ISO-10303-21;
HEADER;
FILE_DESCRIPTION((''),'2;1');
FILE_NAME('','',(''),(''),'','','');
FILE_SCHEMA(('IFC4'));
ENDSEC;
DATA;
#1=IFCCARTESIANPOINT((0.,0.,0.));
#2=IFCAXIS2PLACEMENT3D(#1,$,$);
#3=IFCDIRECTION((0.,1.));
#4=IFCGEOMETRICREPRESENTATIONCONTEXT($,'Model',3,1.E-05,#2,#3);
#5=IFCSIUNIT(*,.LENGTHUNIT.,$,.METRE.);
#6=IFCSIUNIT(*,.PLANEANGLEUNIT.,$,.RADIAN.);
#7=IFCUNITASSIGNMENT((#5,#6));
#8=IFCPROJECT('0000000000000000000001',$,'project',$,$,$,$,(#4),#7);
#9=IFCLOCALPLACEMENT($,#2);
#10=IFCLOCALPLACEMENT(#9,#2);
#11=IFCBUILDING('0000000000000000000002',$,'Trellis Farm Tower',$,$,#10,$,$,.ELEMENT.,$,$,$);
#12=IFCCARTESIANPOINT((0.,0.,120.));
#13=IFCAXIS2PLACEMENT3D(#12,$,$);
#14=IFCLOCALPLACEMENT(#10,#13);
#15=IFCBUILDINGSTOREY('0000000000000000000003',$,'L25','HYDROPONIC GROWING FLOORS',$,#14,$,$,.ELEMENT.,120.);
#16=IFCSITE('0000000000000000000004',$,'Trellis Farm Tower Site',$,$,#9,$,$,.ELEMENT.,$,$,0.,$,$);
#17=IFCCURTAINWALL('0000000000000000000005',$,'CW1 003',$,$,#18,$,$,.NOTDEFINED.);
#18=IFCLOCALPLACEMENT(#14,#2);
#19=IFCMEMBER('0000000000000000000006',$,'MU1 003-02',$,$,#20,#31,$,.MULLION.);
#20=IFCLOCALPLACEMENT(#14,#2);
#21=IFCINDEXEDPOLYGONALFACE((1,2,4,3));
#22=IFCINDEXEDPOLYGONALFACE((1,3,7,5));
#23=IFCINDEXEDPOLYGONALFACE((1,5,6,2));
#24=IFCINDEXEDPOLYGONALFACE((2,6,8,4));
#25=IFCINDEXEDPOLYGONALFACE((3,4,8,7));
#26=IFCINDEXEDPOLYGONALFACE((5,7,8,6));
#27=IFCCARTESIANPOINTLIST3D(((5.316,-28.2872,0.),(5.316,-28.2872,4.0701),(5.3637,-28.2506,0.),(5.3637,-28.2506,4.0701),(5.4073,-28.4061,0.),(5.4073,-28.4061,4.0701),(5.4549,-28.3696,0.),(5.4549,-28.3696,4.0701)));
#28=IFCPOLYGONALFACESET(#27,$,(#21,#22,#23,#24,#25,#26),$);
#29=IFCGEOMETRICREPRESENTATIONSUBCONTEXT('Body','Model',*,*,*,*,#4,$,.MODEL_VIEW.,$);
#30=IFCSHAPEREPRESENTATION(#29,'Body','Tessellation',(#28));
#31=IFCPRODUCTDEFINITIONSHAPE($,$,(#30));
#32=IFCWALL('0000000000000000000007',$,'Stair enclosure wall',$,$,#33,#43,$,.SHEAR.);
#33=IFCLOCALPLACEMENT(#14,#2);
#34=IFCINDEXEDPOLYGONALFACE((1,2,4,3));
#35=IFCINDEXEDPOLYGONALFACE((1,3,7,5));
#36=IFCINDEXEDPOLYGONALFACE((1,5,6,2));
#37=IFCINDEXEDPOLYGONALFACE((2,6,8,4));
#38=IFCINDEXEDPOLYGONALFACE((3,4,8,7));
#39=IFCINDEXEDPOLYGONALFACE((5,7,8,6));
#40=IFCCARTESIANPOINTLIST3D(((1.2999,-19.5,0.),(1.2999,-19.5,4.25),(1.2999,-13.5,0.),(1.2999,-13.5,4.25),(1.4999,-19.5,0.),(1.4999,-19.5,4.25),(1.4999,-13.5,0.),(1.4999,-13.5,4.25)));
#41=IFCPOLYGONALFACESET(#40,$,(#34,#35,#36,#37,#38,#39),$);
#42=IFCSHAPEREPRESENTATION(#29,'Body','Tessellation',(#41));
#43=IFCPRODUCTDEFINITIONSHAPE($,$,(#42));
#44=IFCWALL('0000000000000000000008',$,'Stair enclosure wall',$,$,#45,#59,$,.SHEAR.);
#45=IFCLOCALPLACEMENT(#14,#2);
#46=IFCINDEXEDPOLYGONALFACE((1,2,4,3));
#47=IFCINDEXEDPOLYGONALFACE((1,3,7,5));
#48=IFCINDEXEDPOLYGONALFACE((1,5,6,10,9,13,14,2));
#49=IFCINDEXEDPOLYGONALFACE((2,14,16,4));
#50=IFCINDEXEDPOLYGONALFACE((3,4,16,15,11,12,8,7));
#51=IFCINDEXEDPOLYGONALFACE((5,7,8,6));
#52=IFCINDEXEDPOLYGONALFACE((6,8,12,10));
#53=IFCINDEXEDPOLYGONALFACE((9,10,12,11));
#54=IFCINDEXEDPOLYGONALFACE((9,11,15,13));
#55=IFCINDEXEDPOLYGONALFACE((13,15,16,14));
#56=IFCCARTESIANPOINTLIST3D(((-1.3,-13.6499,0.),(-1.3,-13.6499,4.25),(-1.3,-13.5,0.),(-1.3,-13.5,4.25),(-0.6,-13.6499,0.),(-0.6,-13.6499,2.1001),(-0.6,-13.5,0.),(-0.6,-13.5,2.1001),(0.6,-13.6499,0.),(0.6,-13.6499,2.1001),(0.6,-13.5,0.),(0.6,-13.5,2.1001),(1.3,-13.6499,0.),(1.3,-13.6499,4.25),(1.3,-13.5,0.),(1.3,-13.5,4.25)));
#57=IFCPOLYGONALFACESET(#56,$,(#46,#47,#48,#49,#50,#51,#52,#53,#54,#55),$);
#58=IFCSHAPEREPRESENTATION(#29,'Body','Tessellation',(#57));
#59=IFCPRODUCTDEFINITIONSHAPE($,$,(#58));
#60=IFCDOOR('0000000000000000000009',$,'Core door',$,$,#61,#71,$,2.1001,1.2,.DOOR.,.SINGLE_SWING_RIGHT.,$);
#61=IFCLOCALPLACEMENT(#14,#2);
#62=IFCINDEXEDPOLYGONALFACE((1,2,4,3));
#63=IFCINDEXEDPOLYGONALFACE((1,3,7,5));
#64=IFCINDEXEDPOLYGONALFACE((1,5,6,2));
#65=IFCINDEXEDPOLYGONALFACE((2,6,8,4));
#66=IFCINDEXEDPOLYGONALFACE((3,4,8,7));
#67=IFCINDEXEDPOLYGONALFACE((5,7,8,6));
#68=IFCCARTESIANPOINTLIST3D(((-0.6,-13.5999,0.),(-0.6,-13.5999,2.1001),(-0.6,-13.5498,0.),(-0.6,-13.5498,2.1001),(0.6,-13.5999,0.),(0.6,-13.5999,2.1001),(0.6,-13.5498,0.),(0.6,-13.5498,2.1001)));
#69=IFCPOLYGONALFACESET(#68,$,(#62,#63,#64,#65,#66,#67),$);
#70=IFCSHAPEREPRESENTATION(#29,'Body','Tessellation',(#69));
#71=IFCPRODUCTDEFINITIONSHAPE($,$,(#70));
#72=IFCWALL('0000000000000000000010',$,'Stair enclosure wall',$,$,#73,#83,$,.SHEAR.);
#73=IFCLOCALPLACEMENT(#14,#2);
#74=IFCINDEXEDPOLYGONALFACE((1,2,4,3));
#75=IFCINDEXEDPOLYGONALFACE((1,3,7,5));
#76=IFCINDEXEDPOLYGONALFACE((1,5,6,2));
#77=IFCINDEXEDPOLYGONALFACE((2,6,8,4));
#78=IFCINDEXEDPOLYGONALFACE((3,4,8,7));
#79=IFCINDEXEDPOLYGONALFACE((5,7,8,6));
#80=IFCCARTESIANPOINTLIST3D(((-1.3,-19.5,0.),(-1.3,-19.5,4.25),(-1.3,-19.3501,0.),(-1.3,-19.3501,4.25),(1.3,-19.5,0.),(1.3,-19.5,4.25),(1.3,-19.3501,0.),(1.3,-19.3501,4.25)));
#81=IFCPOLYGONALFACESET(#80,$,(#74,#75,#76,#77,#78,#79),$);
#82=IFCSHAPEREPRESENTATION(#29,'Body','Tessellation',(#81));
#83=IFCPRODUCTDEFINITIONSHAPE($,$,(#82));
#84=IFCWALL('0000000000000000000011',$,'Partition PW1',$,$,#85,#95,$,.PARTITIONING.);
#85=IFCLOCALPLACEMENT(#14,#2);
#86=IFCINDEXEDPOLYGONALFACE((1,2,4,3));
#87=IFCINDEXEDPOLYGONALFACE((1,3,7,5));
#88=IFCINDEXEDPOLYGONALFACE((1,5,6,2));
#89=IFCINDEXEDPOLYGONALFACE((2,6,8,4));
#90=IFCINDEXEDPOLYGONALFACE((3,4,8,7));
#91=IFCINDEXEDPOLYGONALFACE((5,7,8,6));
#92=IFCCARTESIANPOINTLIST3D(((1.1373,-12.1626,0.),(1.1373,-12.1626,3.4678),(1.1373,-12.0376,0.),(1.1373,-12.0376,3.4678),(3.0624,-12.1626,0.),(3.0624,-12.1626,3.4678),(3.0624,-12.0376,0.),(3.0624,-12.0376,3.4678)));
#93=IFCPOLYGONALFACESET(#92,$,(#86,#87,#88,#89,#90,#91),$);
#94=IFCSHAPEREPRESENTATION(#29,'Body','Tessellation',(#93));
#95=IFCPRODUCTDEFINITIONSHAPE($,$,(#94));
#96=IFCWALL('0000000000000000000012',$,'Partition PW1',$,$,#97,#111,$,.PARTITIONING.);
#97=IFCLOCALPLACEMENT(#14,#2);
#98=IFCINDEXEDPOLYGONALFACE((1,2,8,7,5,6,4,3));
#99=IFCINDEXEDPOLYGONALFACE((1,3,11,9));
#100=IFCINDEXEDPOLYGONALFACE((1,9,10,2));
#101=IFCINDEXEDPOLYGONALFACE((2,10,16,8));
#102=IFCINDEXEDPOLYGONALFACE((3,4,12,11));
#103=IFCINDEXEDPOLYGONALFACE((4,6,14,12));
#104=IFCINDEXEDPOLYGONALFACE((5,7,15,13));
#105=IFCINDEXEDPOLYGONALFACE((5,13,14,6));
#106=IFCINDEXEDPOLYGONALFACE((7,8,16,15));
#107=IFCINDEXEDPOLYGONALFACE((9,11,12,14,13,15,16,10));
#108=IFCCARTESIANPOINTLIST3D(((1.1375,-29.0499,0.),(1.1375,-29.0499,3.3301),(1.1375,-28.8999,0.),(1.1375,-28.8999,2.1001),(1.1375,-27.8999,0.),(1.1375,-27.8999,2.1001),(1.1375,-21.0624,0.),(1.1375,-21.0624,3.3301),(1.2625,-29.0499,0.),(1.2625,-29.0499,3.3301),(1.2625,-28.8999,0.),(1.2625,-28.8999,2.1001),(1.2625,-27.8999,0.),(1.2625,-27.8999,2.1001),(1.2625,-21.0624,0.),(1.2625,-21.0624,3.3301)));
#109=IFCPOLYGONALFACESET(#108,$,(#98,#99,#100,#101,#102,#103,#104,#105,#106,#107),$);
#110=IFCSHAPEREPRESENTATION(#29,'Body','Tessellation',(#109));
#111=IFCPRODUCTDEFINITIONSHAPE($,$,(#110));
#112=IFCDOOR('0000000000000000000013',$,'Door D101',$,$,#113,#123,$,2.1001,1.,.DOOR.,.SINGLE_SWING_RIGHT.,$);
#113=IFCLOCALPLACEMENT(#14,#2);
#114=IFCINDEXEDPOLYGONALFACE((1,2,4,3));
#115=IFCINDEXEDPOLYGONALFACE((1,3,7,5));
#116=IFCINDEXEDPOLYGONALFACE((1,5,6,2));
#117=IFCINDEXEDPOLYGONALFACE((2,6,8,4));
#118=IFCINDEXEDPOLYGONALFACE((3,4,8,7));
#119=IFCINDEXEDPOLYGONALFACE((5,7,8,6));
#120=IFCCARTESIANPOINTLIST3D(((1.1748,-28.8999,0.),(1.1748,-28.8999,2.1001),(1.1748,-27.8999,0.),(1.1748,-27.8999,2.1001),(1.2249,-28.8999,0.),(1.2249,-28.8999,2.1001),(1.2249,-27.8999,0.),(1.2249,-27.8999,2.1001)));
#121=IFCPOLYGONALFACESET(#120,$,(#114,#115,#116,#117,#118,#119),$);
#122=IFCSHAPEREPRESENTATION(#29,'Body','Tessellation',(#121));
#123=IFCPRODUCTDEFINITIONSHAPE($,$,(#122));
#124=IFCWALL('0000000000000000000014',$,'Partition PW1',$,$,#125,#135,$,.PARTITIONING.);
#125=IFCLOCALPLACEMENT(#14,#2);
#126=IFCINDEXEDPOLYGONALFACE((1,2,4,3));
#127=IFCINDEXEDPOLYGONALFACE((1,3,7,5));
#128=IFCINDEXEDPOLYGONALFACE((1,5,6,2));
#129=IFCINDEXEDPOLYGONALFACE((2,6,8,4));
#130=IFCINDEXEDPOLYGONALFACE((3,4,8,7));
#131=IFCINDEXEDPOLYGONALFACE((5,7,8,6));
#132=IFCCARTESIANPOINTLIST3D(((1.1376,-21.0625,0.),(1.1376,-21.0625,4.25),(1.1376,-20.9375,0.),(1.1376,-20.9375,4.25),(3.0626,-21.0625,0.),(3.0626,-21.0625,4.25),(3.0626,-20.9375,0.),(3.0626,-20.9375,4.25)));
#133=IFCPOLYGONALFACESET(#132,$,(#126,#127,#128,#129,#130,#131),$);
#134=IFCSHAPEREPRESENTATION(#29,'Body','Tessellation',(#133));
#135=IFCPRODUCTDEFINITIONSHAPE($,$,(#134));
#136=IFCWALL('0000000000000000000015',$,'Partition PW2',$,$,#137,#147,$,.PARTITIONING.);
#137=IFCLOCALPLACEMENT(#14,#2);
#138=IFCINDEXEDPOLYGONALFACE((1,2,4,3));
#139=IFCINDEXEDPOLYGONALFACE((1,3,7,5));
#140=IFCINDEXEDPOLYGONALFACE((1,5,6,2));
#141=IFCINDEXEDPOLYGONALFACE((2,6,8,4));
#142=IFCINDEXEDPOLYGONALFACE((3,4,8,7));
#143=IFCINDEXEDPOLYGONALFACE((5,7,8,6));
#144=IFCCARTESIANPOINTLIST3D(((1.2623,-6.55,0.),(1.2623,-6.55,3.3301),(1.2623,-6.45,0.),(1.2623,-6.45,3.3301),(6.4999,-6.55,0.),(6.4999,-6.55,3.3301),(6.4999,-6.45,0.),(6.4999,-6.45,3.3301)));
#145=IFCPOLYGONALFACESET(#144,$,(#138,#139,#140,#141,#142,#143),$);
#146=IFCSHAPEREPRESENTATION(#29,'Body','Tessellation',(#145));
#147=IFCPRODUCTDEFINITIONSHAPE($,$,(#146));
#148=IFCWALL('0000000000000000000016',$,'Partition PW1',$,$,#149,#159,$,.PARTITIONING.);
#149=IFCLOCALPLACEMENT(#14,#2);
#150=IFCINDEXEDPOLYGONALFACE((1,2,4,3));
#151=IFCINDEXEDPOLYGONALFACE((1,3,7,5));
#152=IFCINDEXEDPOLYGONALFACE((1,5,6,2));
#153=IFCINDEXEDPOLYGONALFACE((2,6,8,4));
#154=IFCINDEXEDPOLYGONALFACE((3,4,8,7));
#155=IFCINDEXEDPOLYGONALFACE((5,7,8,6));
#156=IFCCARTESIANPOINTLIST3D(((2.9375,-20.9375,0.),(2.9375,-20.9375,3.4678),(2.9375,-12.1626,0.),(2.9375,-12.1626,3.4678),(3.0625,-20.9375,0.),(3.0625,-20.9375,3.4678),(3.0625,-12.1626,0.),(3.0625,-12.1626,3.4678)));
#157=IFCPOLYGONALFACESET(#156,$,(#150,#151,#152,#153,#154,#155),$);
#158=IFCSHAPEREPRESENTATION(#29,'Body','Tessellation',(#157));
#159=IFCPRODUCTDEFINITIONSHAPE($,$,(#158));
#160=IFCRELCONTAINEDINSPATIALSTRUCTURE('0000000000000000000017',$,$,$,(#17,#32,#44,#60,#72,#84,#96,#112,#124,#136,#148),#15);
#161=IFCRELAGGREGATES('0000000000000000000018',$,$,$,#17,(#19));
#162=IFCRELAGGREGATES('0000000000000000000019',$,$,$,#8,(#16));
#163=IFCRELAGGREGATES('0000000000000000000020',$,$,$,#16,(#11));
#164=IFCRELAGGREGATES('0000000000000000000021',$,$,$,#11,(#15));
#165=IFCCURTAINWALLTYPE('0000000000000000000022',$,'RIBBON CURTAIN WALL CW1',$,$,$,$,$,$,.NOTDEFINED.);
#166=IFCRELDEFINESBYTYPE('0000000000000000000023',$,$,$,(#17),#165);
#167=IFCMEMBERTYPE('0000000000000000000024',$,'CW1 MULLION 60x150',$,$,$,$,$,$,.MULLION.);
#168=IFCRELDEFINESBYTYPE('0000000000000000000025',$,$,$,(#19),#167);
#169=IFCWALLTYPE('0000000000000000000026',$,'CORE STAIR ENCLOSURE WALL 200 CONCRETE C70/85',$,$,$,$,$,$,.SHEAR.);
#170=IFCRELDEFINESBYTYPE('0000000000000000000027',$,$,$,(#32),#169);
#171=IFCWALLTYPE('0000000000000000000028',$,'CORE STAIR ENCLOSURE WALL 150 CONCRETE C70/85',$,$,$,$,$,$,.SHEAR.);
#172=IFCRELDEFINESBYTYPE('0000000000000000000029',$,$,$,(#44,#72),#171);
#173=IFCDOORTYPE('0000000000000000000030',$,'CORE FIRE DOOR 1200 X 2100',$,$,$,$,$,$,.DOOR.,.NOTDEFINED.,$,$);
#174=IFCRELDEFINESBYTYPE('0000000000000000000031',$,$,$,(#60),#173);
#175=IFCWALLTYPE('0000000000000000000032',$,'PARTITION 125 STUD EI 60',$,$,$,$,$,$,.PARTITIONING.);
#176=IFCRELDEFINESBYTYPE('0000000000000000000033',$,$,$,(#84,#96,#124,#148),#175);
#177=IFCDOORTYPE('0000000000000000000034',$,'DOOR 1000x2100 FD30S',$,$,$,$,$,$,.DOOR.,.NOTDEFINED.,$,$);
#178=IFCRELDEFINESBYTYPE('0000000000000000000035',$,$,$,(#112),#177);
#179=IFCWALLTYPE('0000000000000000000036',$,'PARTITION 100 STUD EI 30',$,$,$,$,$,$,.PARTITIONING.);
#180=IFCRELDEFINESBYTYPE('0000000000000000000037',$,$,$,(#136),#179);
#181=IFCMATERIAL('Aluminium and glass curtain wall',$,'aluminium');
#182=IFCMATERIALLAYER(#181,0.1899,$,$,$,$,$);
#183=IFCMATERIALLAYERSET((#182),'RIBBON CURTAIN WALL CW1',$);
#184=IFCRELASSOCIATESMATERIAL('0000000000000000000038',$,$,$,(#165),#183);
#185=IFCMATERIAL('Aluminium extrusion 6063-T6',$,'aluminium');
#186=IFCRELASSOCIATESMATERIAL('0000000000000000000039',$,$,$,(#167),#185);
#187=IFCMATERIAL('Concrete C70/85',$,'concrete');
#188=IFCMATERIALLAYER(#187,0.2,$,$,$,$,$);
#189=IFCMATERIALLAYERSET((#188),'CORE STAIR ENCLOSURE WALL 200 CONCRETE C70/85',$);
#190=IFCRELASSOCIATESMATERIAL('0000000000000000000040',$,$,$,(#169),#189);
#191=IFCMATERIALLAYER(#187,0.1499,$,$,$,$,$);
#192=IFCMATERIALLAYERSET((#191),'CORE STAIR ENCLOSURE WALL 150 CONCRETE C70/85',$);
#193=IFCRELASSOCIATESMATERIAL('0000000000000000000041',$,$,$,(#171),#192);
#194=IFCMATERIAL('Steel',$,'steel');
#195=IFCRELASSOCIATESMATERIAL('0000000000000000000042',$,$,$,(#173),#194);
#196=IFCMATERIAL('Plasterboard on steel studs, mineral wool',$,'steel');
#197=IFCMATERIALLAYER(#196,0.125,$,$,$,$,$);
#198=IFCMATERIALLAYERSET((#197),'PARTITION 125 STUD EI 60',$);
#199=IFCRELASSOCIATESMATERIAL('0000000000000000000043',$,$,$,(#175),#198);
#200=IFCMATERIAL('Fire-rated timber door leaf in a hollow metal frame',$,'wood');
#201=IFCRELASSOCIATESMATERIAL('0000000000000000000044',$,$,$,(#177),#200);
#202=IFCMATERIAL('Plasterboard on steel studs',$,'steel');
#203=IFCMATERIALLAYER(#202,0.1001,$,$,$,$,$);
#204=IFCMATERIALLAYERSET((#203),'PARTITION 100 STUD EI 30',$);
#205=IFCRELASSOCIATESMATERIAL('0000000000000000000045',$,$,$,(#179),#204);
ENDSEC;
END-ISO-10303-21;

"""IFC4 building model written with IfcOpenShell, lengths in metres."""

from ifc_helpers import new_model, si_unit, direction, frame, frame_2d, origin, origin_2d, place, context, subcontext, project, spatial, rectangle, extrude, source, transform, mapped, material, layer, layer_set, material_profile, profile_set, type_object, element, fill, aggregate, save


model = new_model("IFC4")

# Units and contexts
model_context = context("Model", 3, precision=1e-05, world=origin(), true_north=direction((0.0, 1.0)))
body_context = subcontext(model_context, "Body", "Model", "MODEL_VIEW")
ifc_project = project(units=[si_unit("LENGTHUNIT", "METRE"), si_unit("PLANEANGLEUNIT", "RADIAN")], contexts=[model_context])

# Site, building, storey
site_placement = place(None, origin())
site = spatial("IfcSite", under=ifc_project, at=site_placement, Name="Trellis Farm Tower Site", CompositionType="ELEMENT", RefElevation=0.0)
building_placement = place(site_placement, origin())
building = spatial("IfcBuilding", under=site, at=building_placement, Name="Trellis Farm Tower", CompositionType="ELEMENT")
storey_placement = place(building_placement, frame((0.0, 0.0, 120.0)))
storey = spatial("IfcBuildingStorey", under=building, at=storey_placement, Name="L25", Description="HYDROPONIC GROWING FLOORS", CompositionType="ELEMENT", Elevation=120.0)

# Curtain wall, member
ifc_material_1 = material(Name="Aluminium and glass curtain wall", Category="aluminium")
ifc_layer_1 = layer(ifc_material_1, 0.1899)
ifc_layer_set_1 = layer_set([ifc_layer_1], Name="RIBBON CURTAIN WALL CW1")
curtain_wall_type = type_object("IfcCurtainWallType", Name="RIBBON CURTAIN WALL CW1", PredefinedType="NOTDEFINED", material=ifc_layer_set_1)
placement = place(storey_placement, origin())
curtain_wall = element("IfcCurtainWall", 1, at=placement, inside=storey, type_object=curtain_wall_type, Name="CW1 003", PredefinedType="NOTDEFINED")
ifc_material_2 = material(Name="Aluminium extrusion 6063-T6", Category="aluminium")
ifc_material_profile_1 = material_profile(ifc_material_2, rectangle(XDim=0.0601, YDim=0.1499, at=origin_2d()), Name="MULLION 60x150")
ifc_profile_set_1 = profile_set([ifc_material_profile_1], Name="Aluminium extrusion 6063-T6")
member_type = type_object("IfcMemberType", Name="CW1 MULLION 60x150", PredefinedType="MULLION", material=ifc_profile_set_1)
shared_shape_1 = source(origin(), body_context, "Body", "SweptSolid", [
    extrude(rectangle(XDim=0.0601, YDim=0.1499, at=origin_2d()), origin(), (0.0, 0.0, 1.0), 4.0701),
])
member_placement = place(storey_placement, frame((5.3855, -28.3284, 0.0), z_axis=(0.0, 0.0, 1.0), x_axis=(0.793353, 0.608761, 0.0)))
member = element("IfcMember", 2, at=member_placement, type_object=member_type, Name="MU1 003-02", PredefinedType="MULLION", context=body_context, shape_type="MappedRepresentation", body=[
    mapped(shared_shape_1, transform((0.0, 0.0, 0.0))),
])
aggregate(curtain_wall, [member])

# Wall
ifc_material_3 = material(Name="Concrete C70/85", Category="concrete")
ifc_layer_2 = layer(ifc_material_3, 0.2)
ifc_layer_set_2 = layer_set([ifc_layer_2], Name="CORE STAIR ENCLOSURE WALL 200 CONCRETE C70/85")
wall_type_1 = type_object("IfcWallType", Name="CORE STAIR ENCLOSURE WALL 200 CONCRETE C70/85", PredefinedType="SHEAR", material=ifc_layer_set_2)
shared_shape_2 = source(origin(), body_context, "Body", "SweptSolid", [
    extrude(rectangle(XDim=6.0, YDim=0.2, at=frame_2d((3.0, 0.0))), origin(), (0.0, 0.0, 1.0), 4.25),
])
wall_1_placement = place(storey_placement, frame((1.3999, -13.5, 0.0), z_axis=(0.0, 0.0, 1.0), x_axis=(0.0, -1.0, 0.0)))
element("IfcWall", 3, at=wall_1_placement, inside=storey, type_object=wall_type_1, Name="Stair enclosure wall", PredefinedType="SHEAR", context=body_context, shape_type="MappedRepresentation", body=[
    mapped(shared_shape_2, transform((0.0, 0.0, 0.0))),
])

# Wall, opening, door
ifc_layer_3 = layer(ifc_material_3, 0.1499)
ifc_layer_set_3 = layer_set([ifc_layer_3], Name="CORE STAIR ENCLOSURE WALL 150 CONCRETE C70/85")
wall_type_2 = type_object("IfcWallType", Name="CORE STAIR ENCLOSURE WALL 150 CONCRETE C70/85", PredefinedType="SHEAR", material=ifc_layer_set_3)
shared_shape_3 = source(origin(), body_context, "Body", "SweptSolid", [
    extrude(rectangle(XDim=2.6001, YDim=0.1499, at=frame_2d((1.3, 0.0))), origin(), (0.0, 0.0, 1.0), 4.25),
])
wall_2_placement = place(storey_placement, frame((1.3, -13.575, 0.0), z_axis=(0.0, 0.0, 1.0), x_axis=(-1.0, 0.0, 0.0)))
wall_2 = element("IfcWall", 4, at=wall_2_placement, inside=storey, type_object=wall_type_2, Name="Stair enclosure wall", PredefinedType="SHEAR", context=body_context, shape_type="MappedRepresentation", body=[
    mapped(shared_shape_3, transform((0.0, 0.0, 0.0))),
])
shared_shape_4 = source(origin(), body_context, "Body", "SweptSolid", [
    extrude(rectangle(XDim=1.2, YDim=2.1001, at=frame_2d((0.6001, 1.05))), frame((0.0, 0.085, 0.0), z_axis=(0.0, -1.0, 0.0), x_axis=(1.0, 0.0, 0.0)), (0.0, 0.0, 1.0), 0.1699),
])
opening_1_placement = place(wall_2_placement, frame((0.7, 0.0, 0.0)))
opening_1 = element("IfcOpeningElement", 5, at=opening_1_placement, cuts=wall_2, PredefinedType="OPENING", context=body_context, shape_type="MappedRepresentation", body=[
    mapped(shared_shape_4, transform((0.0, 0.0, 0.0))),
])
ifc_material_4 = material(Name="Steel", Category="steel")
door_type_1 = type_object("IfcDoorType", Name="CORE FIRE DOOR 1200 X 2100", OperationType="NOTDEFINED", PredefinedType="DOOR", material=ifc_material_4)
shared_shape_5 = source(origin(), body_context, "Body", "SweptSolid", [
    extrude(rectangle(XDim=1.2, YDim=2.1001, at=frame_2d((0.6001, 1.05))), frame((0.0, 0.0249, 0.0), z_axis=(0.0, -1.0, 0.0), x_axis=(1.0, 0.0, 0.0)), (0.0, 0.0, 1.0), 0.05),
])
door_1_placement = place(opening_1_placement, origin())
door_1 = element("IfcDoor", 6, at=door_1_placement, inside=storey, type_object=door_type_1, Name="Core door", OperationType="SINGLE_SWING_RIGHT", OverallHeight=2.1001, OverallWidth=1.2, PredefinedType="DOOR", context=body_context, shape_type="MappedRepresentation", body=[
    mapped(shared_shape_5, transform((0.0, 0.0, 0.0))),
])
fill(opening_1, door_1)

# Walls
wall_3_placement = place(storey_placement, frame((1.3, -19.425, 0.0), z_axis=(0.0, 0.0, 1.0), x_axis=(-1.0, 0.0, 0.0)))
element("IfcWall", 7, at=wall_3_placement, inside=storey, type_object=wall_type_2, Name="Stair enclosure wall", PredefinedType="SHEAR", context=body_context, shape_type="MappedRepresentation", body=[
    mapped(shared_shape_3, transform((0.0, 0.0, 0.0))),
])
ifc_material_5 = material(Name="Plasterboard on steel studs, mineral wool", Category="steel")
ifc_layer_4 = layer(ifc_material_5, 0.125)
ifc_layer_set_4 = layer_set([ifc_layer_4], Name="PARTITION 125 STUD EI 60")
wall_type_3 = type_object("IfcWallType", Name="PARTITION 125 STUD EI 60", PredefinedType="PARTITIONING", material=ifc_layer_set_4)
shared_shape_6 = source(origin(), body_context, "Body", "SweptSolid", [
    extrude(rectangle(XDim=1.925, YDim=0.125, at=frame_2d((0.9624, 0.0))), origin(), (0.0, 0.0, 1.0), 3.4678),
])
wall_4_placement = place(storey_placement, frame((1.1375, -12.1001, 0.0), z_axis=(0.0, 0.0, 1.0), x_axis=(1.0, 0.0, 0.0)))
element("IfcWall", 8, at=wall_4_placement, inside=storey, type_object=wall_type_3, Name="Partition PW1", PredefinedType="PARTITIONING", context=body_context, shape_type="MappedRepresentation", body=[
    mapped(shared_shape_6, transform((0.0, 0.0, 0.0))),
])

# Wall, opening, door
shared_shape_7 = source(origin(), body_context, "Body", "SweptSolid", [
    extrude(rectangle(XDim=7.9875, YDim=0.125, at=frame_2d((3.9937, 0.0))), origin(), (0.0, 0.0, 1.0), 3.3301),
])
wall_5_placement = place(storey_placement, frame((1.2, -21.0625, 0.0), z_axis=(0.0, 0.0, 1.0), x_axis=(0.0, -1.0, 0.0)))
wall_5 = element("IfcWall", 9, at=wall_5_placement, inside=storey, type_object=wall_type_3, Name="Partition PW1", PredefinedType="PARTITIONING", context=body_context, shape_type="MappedRepresentation", body=[
    mapped(shared_shape_7, transform((0.0, 0.0, 0.0))),
])
shared_shape_8 = source(origin(), body_context, "Body", "SweptSolid", [
    extrude(rectangle(XDim=1.0, YDim=2.1001, at=frame_2d((0.5, 1.05))), frame((0.0, 0.0725, 0.0), z_axis=(0.0, -1.0, 0.0), x_axis=(1.0, 0.0, 0.0)), (0.0, 0.0, 1.0), 0.145),
])
opening_2_placement = place(wall_5_placement, frame((6.8374, 0.0, 0.0)))
opening_2 = element("IfcOpeningElement", 10, at=opening_2_placement, cuts=wall_5, PredefinedType="OPENING", context=body_context, shape_type="MappedRepresentation", body=[
    mapped(shared_shape_8, transform((0.0, 0.0, 0.0))),
])
ifc_material_6 = material(Name="Fire-rated timber door leaf in a hollow metal frame", Category="wood")
door_type_2 = type_object("IfcDoorType", Name="DOOR 1000x2100 FD30S", OperationType="NOTDEFINED", PredefinedType="DOOR", material=ifc_material_6)
shared_shape_9 = source(origin(), body_context, "Body", "SweptSolid", [
    extrude(rectangle(XDim=1.0, YDim=2.1001, at=frame_2d((0.5, 1.05))), frame((0.0, 0.0249, 0.0), z_axis=(0.0, -1.0, 0.0), x_axis=(1.0, 0.0, 0.0)), (0.0, 0.0, 1.0), 0.05),
])
door_2_placement = place(opening_2_placement, origin())
door_2 = element("IfcDoor", 11, at=door_2_placement, inside=storey, type_object=door_type_2, Name="Door D101", OperationType="SINGLE_SWING_RIGHT", OverallHeight=2.1001, OverallWidth=1.0, PredefinedType="DOOR", context=body_context, shape_type="MappedRepresentation", body=[
    mapped(shared_shape_9, transform((0.0, 0.0, 0.0))),
])
fill(opening_2, door_2)

# Walls
shared_shape_10 = source(origin(), body_context, "Body", "SweptSolid", [
    extrude(rectangle(XDim=1.925, YDim=0.125, at=frame_2d((0.9624, 0.0))), origin(), (0.0, 0.0, 1.0), 4.25),
])
wall_6_placement = place(storey_placement, frame((3.0625, -21.0, 0.0), z_axis=(0.0, 0.0, 1.0), x_axis=(-1.0, 0.0, 0.0)))
element("IfcWall", 12, at=wall_6_placement, inside=storey, type_object=wall_type_3, Name="Partition PW1", PredefinedType="PARTITIONING", context=body_context, shape_type="MappedRepresentation", body=[
    mapped(shared_shape_10, transform((0.0, 0.0, 0.0))),
])
ifc_material_7 = material(Name="Plasterboard on steel studs", Category="steel")
ifc_layer_5 = layer(ifc_material_7, 0.1001)
ifc_layer_set_5 = layer_set([ifc_layer_5], Name="PARTITION 100 STUD EI 30")
wall_type_4 = type_object("IfcWallType", Name="PARTITION 100 STUD EI 30", PredefinedType="PARTITIONING", material=ifc_layer_set_5)
shared_shape_11 = source(origin(), body_context, "Body", "SweptSolid", [
    extrude(rectangle(XDim=5.2375, YDim=0.1001, at=frame_2d((2.6187, 0.0))), origin(), (0.0, 0.0, 1.0), 3.3301),
])
wall_7_placement = place(storey_placement, frame((1.2625, -6.5, 0.0), z_axis=(0.0, 0.0, 1.0), x_axis=(1.0, 0.0, 0.0)))
element("IfcWall", 13, at=wall_7_placement, inside=storey, type_object=wall_type_4, Name="Partition PW2", PredefinedType="PARTITIONING", context=body_context, shape_type="MappedRepresentation", body=[
    mapped(shared_shape_11, transform((0.0, 0.0, 0.0))),
])
shared_shape_12 = source(origin(), body_context, "Body", "SweptSolid", [
    extrude(rectangle(XDim=8.7749, YDim=0.125, at=frame_2d((4.3875, 0.0))), origin(), (0.0, 0.0, 1.0), 3.4678),
])
wall_8_placement = place(storey_placement, frame((3.0, -12.1626, 0.0), z_axis=(0.0, 0.0, 1.0), x_axis=(0.0, -1.0, 0.0)))
element("IfcWall", 14, at=wall_8_placement, inside=storey, type_object=wall_type_3, Name="Partition PW1", PredefinedType="PARTITIONING", context=body_context, shape_type="MappedRepresentation", body=[
    mapped(shared_shape_12, transform((0.0, 0.0, 0.0))),
])

save(model, "model.ifc")
